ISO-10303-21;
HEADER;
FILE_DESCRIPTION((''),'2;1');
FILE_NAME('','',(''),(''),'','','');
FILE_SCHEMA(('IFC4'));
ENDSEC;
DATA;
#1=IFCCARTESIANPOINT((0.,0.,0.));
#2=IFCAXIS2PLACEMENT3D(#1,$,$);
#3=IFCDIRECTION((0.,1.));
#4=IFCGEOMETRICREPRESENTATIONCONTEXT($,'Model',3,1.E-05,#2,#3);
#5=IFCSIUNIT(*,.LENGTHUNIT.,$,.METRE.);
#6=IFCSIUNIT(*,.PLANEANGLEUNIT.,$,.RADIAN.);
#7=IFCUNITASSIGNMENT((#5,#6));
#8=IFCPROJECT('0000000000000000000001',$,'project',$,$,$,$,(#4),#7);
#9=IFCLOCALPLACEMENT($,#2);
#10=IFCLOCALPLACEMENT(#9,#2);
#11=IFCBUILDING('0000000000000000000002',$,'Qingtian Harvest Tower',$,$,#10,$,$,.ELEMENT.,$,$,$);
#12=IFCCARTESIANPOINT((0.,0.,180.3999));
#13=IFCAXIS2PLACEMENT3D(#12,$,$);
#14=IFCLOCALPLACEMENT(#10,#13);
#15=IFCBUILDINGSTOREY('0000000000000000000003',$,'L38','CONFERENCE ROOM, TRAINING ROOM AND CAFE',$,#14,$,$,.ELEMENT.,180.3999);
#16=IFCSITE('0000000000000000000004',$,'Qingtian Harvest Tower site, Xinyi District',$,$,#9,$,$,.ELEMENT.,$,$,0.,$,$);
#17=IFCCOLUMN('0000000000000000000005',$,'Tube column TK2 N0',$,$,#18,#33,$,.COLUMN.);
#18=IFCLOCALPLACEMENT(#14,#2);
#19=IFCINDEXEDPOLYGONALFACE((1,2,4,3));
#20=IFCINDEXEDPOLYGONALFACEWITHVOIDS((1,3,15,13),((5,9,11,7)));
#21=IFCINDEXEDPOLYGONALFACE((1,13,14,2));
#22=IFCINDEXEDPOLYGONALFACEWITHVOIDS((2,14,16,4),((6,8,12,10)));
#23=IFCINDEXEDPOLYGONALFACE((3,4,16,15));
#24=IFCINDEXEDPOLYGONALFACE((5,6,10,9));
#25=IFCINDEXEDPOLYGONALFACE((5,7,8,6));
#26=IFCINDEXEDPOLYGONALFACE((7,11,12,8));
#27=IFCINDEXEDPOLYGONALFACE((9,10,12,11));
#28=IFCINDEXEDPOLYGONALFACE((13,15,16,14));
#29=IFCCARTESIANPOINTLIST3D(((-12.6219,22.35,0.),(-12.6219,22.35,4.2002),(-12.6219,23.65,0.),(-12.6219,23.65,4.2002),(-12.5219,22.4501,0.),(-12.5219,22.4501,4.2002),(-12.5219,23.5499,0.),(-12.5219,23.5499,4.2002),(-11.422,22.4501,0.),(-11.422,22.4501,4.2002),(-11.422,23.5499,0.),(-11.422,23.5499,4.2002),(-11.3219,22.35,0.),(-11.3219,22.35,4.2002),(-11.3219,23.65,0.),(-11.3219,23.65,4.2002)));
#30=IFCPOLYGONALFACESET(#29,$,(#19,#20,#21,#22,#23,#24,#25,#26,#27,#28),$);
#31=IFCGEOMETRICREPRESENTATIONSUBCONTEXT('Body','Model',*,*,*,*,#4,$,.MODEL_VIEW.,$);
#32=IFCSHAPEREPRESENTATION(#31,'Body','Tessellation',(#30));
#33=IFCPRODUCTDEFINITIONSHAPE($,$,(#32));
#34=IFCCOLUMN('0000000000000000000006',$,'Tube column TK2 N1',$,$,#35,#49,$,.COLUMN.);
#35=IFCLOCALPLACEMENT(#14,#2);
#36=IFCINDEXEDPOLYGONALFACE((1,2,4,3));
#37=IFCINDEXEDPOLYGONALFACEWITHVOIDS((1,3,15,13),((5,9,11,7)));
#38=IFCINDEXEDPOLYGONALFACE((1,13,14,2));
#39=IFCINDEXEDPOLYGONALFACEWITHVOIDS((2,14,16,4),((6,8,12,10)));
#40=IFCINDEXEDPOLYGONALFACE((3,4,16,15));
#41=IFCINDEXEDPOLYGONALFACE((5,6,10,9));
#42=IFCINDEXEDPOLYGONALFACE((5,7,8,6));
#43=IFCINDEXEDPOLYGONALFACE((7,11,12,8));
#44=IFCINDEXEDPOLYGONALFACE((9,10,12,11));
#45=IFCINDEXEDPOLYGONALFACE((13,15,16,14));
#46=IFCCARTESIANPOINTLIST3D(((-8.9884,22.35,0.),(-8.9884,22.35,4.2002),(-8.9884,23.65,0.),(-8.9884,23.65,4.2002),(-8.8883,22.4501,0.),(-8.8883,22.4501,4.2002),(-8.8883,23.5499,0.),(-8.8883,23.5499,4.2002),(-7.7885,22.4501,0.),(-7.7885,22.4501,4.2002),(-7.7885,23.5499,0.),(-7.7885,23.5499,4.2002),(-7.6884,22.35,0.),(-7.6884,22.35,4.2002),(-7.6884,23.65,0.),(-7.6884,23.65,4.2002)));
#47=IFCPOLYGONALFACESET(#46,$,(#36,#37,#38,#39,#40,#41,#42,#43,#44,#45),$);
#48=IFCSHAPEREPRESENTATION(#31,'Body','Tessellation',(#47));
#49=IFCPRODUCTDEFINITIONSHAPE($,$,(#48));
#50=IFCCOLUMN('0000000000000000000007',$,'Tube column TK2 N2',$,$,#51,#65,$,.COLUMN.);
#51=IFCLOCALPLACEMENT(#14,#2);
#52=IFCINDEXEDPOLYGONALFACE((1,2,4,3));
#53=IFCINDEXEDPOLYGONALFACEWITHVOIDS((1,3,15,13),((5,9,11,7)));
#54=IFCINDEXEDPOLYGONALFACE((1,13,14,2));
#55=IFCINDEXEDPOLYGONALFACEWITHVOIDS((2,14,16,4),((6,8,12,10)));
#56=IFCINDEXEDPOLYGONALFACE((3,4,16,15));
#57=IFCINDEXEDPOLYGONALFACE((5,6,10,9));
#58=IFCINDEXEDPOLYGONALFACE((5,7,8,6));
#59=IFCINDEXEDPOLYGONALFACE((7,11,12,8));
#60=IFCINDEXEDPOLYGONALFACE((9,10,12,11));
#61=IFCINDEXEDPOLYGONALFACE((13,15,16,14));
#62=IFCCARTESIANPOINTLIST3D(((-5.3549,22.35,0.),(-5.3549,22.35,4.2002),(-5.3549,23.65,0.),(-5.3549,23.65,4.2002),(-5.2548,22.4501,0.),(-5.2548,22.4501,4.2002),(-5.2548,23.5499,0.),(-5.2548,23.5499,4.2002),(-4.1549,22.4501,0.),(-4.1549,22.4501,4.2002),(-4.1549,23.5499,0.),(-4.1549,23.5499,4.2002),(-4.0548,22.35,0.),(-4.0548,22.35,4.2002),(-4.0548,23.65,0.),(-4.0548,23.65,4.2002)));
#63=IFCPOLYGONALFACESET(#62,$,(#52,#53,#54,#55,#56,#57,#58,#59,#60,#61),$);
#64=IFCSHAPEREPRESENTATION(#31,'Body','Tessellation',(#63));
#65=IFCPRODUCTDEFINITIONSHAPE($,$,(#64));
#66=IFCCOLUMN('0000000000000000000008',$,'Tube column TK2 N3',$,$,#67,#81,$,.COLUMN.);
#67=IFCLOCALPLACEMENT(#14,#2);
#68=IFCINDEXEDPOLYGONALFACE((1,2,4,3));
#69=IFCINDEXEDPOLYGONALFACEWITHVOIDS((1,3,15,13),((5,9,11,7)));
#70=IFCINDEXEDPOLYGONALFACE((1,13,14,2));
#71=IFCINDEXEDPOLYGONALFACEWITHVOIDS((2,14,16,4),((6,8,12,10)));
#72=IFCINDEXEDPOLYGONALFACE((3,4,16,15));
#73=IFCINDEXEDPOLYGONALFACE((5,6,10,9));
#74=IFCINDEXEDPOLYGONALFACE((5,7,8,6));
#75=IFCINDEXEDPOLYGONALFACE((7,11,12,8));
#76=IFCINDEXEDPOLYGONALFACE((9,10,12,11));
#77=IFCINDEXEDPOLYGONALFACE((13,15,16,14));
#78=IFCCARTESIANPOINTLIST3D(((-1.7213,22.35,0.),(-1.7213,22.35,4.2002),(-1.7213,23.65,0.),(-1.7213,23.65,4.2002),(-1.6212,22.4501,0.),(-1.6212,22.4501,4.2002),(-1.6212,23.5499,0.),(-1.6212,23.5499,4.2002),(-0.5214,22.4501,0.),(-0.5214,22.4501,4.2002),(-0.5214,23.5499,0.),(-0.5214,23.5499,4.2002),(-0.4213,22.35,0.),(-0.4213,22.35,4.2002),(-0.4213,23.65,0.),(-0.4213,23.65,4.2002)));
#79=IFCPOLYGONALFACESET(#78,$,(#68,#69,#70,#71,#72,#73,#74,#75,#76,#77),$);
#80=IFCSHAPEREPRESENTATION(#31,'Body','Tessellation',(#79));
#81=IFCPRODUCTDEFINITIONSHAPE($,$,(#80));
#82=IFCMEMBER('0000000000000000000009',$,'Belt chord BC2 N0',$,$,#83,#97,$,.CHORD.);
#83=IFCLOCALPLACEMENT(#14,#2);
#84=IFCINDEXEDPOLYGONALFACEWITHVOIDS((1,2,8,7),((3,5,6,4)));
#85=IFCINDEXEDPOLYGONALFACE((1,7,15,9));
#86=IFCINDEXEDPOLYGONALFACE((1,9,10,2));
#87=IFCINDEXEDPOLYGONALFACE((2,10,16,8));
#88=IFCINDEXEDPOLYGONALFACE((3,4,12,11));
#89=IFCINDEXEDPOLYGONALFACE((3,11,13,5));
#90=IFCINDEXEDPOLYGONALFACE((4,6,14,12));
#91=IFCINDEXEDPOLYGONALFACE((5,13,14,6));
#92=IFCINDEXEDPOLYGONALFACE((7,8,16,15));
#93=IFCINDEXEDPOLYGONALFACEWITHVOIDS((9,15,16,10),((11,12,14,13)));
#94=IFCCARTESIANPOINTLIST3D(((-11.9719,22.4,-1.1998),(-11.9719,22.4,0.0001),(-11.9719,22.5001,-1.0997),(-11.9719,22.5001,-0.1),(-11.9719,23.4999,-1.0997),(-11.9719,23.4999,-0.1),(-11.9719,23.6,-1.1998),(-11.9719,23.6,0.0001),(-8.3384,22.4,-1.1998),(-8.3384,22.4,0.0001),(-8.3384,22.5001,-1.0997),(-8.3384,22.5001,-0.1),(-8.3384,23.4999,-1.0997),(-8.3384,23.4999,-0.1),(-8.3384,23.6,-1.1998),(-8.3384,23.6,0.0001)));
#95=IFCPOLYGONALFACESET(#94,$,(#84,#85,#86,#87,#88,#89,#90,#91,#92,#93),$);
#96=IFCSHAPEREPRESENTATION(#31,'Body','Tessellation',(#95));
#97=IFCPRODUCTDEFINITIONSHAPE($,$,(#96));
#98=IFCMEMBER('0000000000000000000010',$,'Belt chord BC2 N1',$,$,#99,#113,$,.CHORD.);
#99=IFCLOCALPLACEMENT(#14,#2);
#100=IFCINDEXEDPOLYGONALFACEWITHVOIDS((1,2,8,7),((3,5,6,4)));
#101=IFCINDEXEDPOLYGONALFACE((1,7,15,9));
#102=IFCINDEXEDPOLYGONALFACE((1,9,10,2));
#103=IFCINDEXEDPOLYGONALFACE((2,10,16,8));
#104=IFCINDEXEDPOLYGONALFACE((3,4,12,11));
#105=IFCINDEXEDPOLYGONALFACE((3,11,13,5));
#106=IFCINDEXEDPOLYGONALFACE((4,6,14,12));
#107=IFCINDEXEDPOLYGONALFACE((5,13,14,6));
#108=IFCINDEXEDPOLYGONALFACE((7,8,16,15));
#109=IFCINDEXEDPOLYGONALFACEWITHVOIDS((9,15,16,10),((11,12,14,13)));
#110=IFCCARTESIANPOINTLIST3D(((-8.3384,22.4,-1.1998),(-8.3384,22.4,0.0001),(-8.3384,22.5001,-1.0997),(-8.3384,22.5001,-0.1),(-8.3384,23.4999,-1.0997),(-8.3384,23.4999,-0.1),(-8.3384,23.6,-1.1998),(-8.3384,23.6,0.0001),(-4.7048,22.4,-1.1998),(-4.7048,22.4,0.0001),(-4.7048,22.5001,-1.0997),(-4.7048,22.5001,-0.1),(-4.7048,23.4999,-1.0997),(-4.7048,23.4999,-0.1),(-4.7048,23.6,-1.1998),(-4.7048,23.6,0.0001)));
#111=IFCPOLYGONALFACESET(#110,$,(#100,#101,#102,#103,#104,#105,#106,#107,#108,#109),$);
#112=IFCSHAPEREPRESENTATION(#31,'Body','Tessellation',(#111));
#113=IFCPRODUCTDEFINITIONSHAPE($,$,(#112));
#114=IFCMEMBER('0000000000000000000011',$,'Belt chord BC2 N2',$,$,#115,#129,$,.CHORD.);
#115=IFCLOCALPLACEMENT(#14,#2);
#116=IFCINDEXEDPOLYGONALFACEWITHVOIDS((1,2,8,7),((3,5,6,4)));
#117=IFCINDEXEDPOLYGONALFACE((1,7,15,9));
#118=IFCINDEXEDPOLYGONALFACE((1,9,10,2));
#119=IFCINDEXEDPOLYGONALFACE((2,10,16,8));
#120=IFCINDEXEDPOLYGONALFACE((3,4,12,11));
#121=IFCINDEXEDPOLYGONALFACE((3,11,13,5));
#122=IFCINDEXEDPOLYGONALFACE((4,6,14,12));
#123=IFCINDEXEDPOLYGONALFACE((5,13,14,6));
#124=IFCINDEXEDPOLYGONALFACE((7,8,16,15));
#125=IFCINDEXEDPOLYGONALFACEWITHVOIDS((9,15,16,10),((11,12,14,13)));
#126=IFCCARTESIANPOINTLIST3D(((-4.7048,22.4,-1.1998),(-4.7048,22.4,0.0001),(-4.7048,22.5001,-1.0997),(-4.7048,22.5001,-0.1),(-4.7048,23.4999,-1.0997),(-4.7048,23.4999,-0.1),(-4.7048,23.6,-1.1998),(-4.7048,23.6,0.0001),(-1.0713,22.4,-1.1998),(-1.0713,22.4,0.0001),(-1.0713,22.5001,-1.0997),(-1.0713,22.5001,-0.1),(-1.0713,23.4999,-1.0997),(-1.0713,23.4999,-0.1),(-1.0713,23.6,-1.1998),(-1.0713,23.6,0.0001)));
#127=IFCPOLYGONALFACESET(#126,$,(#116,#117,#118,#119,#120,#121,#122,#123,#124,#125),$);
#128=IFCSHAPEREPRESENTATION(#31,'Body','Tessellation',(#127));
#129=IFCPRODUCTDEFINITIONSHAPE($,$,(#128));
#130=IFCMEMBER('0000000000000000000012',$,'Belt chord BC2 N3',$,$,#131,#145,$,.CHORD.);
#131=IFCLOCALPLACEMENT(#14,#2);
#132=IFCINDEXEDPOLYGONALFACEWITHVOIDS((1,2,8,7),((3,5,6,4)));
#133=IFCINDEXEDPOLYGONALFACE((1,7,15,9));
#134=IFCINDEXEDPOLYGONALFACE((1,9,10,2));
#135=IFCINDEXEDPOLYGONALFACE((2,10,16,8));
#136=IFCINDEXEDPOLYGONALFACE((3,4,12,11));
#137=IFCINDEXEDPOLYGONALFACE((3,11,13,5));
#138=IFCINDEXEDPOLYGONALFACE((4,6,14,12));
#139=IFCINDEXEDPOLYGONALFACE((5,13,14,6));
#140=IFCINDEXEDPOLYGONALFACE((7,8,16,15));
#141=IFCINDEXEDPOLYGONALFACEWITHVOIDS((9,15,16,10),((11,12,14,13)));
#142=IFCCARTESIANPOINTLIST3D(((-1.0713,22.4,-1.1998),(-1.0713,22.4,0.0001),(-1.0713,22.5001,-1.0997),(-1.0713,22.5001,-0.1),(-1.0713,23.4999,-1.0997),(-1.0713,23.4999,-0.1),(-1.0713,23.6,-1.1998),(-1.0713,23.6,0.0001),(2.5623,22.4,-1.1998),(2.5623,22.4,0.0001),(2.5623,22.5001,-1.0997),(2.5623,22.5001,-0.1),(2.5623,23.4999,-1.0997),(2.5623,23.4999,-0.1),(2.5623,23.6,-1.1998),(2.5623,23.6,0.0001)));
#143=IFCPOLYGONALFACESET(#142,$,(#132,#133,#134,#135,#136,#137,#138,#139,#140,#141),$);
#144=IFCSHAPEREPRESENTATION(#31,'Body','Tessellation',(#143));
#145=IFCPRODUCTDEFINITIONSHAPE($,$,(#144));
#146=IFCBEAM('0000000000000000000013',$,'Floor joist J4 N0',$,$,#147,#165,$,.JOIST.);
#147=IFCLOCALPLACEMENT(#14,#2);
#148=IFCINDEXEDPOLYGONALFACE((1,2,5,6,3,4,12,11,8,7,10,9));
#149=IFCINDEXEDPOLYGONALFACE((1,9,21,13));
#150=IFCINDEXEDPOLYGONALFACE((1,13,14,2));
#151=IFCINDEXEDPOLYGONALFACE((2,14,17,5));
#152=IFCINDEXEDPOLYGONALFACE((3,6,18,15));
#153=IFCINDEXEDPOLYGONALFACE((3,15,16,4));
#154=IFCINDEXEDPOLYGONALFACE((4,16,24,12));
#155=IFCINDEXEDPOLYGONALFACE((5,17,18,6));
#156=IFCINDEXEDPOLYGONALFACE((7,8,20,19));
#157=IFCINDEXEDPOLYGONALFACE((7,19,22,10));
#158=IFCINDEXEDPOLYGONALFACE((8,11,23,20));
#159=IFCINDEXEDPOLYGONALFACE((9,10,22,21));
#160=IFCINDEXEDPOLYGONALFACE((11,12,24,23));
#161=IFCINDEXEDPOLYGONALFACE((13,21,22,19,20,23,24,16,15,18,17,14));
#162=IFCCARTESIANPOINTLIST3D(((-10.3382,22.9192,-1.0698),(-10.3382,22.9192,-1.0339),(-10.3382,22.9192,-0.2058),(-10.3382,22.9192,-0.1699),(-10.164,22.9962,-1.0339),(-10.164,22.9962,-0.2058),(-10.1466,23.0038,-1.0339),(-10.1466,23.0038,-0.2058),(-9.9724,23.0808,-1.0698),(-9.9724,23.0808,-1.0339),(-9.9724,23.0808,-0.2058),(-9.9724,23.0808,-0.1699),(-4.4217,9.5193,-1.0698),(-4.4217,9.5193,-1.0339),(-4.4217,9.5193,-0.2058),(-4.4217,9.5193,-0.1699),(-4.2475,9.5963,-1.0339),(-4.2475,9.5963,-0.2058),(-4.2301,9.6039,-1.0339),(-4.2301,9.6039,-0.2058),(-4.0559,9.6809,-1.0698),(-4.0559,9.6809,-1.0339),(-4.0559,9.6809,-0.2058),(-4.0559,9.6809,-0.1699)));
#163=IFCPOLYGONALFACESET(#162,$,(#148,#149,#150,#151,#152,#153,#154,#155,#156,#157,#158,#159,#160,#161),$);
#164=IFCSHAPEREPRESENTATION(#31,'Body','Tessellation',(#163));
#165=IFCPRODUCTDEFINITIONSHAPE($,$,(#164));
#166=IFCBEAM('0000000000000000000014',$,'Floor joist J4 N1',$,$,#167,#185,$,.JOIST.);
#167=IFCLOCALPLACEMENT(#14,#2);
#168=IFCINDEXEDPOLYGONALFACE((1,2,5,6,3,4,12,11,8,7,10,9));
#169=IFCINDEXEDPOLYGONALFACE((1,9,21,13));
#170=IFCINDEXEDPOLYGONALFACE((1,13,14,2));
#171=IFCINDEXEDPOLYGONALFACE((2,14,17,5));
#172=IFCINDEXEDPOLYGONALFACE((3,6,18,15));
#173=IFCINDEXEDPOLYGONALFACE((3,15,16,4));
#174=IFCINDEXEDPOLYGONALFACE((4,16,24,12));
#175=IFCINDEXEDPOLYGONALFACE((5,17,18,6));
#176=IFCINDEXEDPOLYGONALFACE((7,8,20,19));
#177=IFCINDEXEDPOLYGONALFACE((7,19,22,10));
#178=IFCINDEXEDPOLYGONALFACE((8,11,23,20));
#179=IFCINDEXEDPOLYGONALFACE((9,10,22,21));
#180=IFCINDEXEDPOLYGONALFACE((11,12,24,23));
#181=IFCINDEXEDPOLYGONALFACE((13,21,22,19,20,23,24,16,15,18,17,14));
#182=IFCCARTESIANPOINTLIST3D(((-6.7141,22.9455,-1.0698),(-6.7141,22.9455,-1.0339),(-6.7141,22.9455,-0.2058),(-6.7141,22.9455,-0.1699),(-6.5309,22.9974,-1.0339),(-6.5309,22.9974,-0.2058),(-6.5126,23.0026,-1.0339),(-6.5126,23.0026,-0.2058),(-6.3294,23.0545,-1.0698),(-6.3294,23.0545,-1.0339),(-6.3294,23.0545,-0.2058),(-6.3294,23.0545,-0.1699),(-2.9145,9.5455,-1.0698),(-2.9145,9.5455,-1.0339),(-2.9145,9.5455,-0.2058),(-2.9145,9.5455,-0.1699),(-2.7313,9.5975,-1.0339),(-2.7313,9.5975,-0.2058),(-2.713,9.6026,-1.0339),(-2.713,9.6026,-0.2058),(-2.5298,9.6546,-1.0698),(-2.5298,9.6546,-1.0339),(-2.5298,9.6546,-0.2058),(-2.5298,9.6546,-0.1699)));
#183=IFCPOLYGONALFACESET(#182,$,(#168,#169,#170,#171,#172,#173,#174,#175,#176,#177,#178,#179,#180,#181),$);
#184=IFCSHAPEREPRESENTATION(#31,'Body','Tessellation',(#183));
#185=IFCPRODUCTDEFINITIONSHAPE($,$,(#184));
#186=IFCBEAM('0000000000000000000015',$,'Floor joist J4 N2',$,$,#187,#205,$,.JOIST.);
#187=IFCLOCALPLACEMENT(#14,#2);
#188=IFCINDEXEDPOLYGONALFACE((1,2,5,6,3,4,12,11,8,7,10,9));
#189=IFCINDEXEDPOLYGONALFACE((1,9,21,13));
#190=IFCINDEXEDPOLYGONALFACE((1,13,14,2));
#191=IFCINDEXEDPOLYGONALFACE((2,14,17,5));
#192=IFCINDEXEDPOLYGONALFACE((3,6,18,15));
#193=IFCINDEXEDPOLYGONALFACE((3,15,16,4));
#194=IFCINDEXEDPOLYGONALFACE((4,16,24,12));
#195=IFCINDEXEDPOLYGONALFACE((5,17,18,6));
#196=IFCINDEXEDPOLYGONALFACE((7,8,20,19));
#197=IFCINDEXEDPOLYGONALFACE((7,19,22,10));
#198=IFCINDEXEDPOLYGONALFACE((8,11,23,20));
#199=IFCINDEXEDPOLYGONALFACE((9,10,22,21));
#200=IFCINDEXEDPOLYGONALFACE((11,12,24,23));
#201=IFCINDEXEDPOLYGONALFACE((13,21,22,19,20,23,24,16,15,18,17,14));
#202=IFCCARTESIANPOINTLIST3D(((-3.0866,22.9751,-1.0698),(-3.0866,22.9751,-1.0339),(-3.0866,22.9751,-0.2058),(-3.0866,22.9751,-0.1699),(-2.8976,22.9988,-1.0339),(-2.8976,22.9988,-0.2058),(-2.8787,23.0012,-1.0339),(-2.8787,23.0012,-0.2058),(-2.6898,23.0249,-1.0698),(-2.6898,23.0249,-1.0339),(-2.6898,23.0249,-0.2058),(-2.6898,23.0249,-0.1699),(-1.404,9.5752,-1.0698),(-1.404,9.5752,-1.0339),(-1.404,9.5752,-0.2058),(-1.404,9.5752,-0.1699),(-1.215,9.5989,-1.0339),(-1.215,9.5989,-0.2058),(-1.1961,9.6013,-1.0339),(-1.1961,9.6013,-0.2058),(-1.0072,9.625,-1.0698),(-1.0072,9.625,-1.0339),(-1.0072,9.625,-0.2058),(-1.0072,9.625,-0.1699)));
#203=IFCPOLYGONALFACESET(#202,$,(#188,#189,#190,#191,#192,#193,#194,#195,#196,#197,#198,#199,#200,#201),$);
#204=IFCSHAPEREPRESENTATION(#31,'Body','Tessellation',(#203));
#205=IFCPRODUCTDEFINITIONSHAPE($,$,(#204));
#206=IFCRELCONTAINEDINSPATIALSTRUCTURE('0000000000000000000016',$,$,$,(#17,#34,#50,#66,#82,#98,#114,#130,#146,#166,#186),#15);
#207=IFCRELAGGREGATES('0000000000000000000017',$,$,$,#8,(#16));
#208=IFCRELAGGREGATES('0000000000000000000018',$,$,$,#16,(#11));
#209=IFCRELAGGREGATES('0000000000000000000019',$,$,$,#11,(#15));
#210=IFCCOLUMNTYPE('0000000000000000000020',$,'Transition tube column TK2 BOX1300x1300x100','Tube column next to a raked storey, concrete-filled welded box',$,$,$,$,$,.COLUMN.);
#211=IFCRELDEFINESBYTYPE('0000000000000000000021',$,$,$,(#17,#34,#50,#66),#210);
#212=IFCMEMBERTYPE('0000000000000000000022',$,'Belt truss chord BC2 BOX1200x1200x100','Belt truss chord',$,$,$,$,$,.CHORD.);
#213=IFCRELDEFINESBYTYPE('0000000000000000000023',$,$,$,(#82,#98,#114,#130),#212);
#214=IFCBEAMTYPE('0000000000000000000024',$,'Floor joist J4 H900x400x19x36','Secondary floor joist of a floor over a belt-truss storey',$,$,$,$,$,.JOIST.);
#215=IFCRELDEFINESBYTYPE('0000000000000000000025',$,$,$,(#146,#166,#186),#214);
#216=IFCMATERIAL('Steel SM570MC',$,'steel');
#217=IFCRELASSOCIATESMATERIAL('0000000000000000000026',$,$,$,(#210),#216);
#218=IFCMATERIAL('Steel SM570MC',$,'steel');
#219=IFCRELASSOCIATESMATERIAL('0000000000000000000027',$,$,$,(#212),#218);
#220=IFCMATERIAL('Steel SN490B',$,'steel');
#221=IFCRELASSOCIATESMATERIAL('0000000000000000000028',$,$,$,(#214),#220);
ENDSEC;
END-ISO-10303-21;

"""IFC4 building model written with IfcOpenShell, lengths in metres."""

from ifc_helpers import new_model, si_unit, direction, frame, origin, origin_2d, place, context, subcontext, project, spatial, hollow_rectangle, i_section, extrude, material, material_profile, profile_set, type_object, element, save


model = new_model("IFC4")

# Units and contexts
model_context = context("Model", 3, precision=1e-05, world=origin(), true_north=direction((0.0, 1.0)))
body_context = subcontext(model_context, "Body", "Model", "MODEL_VIEW")
ifc_project = project(units=[si_unit("LENGTHUNIT", "METRE"), si_unit("PLANEANGLEUNIT", "RADIAN")], contexts=[model_context])

# Site, building, storey
site_placement = place(None, origin())
site = spatial("IfcSite", under=ifc_project, at=site_placement, Name="Qingtian Harvest Tower site, Xinyi District", CompositionType="ELEMENT", RefElevation=0.0)
building_placement = place(site_placement, origin())
building = spatial("IfcBuilding", under=site, at=building_placement, Name="Qingtian Harvest Tower", CompositionType="ELEMENT")
storey_placement = place(building_placement, frame((0.0, 0.0, 180.3999)))
storey = spatial("IfcBuildingStorey", under=building, at=storey_placement, Name="L38", Description="CONFERENCE ROOM, TRAINING ROOM AND CAFE", CompositionType="ELEMENT", Elevation=180.3999)

# Columns
ifc_material_1 = material(Name="Steel SM570MC", Category="steel")
ifc_material_profile_1 = material_profile(ifc_material_1, hollow_rectangle(XDim=1.3, YDim=1.3, WallThickness=0.1001, at=origin_2d()), Name="BOX1300x1300x100")
ifc_profile_set_1 = profile_set([ifc_material_profile_1], Name="Steel SM570MC")
column_type = type_object("IfcColumnType", Name="Transition tube column TK2 BOX1300x1300x100", Description="Tube column next to a raked storey, concrete-filled welded box", PredefinedType="COLUMN", material=ifc_profile_set_1)
for number, where, z_axis, x_axis, name in (
    (1, (-11.9719, 23.0, 0.0), (0.0, 0.0, 1.0), (-1.0, 0.0, 0.0), "Tube column TK2 N0"),
    (2, (-8.3384, 23.0, 0.0), (0.0, 0.0, 1.0), (-1.0, 0.0, 0.0), "Tube column TK2 N1"),
    (3, (-4.7048, 23.0, 0.0), (0.0, 0.0, 1.0), (-1.0, 0.0, 0.0), "Tube column TK2 N2"),
    (4, (-1.0713, 23.0, 0.0), (0.0, 0.0, 1.0), (-1.0, 0.0, 0.0), "Tube column TK2 N3"),
):
    element("IfcColumn", number, at=place(storey_placement, frame(where, z_axis=z_axis, x_axis=x_axis)), inside=storey, type_object=column_type, Name=name, PredefinedType="COLUMN", context=body_context, shape_type="SweptSolid", body=[
        extrude(hollow_rectangle(XDim=1.3, YDim=1.3, WallThickness=0.1001, at=origin_2d()), origin(), (0.0, 0.0, 1.0), 4.2002),
    ])

# Members
ifc_material_2 = material(Name="Steel SM570MC", Category="steel")
ifc_material_profile_2 = material_profile(ifc_material_2, hollow_rectangle(XDim=1.2, YDim=1.2, WallThickness=0.1001, at=origin_2d()), Name="BOX1200x1200x100")
ifc_profile_set_2 = profile_set([ifc_material_profile_2], Name="Steel SM570MC")
member_type_1 = type_object("IfcMemberType", Name="Belt truss chord BC2 BOX1200x1200x100", Description="Belt truss chord", PredefinedType="CHORD", material=ifc_profile_set_2)
for number, where, z_axis, x_axis, name in (
    (5, (-11.9719, 23.0, -0.5999), (1.0, 0.0, 0.0), (0.0, 1.0, 0.0), "Belt chord BC2 N0"),
    (6, (-8.3384, 23.0, -0.5999), (1.0, 0.0, 0.0), (0.0, 1.0, 0.0), "Belt chord BC2 N1"),
    (7, (-4.7048, 23.0, -0.5999), (1.0, 0.0, 0.0), (0.0, 1.0, 0.0), "Belt chord BC2 N2"),
    (8, (-1.0713, 23.0, -0.5999), (1.0, 0.0, 0.0), (0.0, 1.0, 0.0), "Belt chord BC2 N3"),
):
    element("IfcMember", number, at=place(storey_placement, frame(where, z_axis=z_axis, x_axis=x_axis)), inside=storey, type_object=member_type_1, Name=name, PredefinedType="CHORD", context=body_context, shape_type="SweptSolid", body=[
        extrude(hollow_rectangle(XDim=1.2, YDim=1.2, WallThickness=0.1001, at=origin_2d()), origin(), (0.0, 0.0, 1.0), 3.6335),
    ])

# Beams
ifc_material_3 = material(Name="Steel SN490B", Category="steel")
ifc_material_profile_3 = material_profile(ifc_material_3, i_section(OverallWidth=0.3999, OverallDepth=0.8999, WebThickness=0.019, FlangeThickness=0.0359, at=origin_2d()), Name="H900x400x19x36")
ifc_profile_set_3 = profile_set([ifc_material_profile_3], Name="Steel SN490B")
beam_type_1 = type_object("IfcBeamType", Name="Floor joist J4 H900x400x19x36", Description="Secondary floor joist of a floor over a belt-truss storey", PredefinedType="JOIST", material=ifc_profile_set_3)
beam_1_placement = place(storey_placement, frame((-10.1553, 23.0, -0.6199), z_axis=(0.403913, -0.914797, 0.0), x_axis=(0.914797, 0.403913, 0.0)))
element("IfcBeam", 9, at=beam_1_placement, inside=storey, type_object=beam_type_1, Name="Floor joist J4 N0", PredefinedType="JOIST", context=body_context, shape_type="SweptSolid", body=[
    extrude(i_section(OverallWidth=0.3999, OverallDepth=0.8999, WebThickness=0.019, FlangeThickness=0.0359, at=origin_2d()), origin(), (0.0, 0.0, 1.0), 14.6479),
])
beam_2_placement = place(storey_placement, frame((-6.5217, 23.0, -0.6199), z_axis=(0.272797, -0.962072, 0.0), x_axis=(0.962072, 0.272797, 0.0)))
element("IfcBeam", 10, at=beam_2_placement, inside=storey, type_object=beam_type_1, Name="Floor joist J4 N1", PredefinedType="JOIST", context=body_context, shape_type="SweptSolid", body=[
    extrude(i_section(OverallWidth=0.3999, OverallDepth=0.8999, WebThickness=0.019, FlangeThickness=0.0359, at=origin_2d()), origin(), (0.0, 0.0, 1.0), 13.9282),
])
beam_3_placement = place(storey_placement, frame((-2.8882, 23.0, -0.6199), z_axis=(0.124591, -0.992208, 0.0), x_axis=(0.992208, 0.124591, 0.0)))
element("IfcBeam", 11, at=beam_3_placement, inside=storey, type_object=beam_type_1, Name="Floor joist J4 N2", PredefinedType="JOIST", context=body_context, shape_type="SweptSolid", body=[
    extrude(i_section(OverallWidth=0.3999, OverallDepth=0.8999, WebThickness=0.019, FlangeThickness=0.0359, at=origin_2d()), origin(), (0.0, 0.0, 1.0), 13.5051),
])

save(model, "model.ifc")
